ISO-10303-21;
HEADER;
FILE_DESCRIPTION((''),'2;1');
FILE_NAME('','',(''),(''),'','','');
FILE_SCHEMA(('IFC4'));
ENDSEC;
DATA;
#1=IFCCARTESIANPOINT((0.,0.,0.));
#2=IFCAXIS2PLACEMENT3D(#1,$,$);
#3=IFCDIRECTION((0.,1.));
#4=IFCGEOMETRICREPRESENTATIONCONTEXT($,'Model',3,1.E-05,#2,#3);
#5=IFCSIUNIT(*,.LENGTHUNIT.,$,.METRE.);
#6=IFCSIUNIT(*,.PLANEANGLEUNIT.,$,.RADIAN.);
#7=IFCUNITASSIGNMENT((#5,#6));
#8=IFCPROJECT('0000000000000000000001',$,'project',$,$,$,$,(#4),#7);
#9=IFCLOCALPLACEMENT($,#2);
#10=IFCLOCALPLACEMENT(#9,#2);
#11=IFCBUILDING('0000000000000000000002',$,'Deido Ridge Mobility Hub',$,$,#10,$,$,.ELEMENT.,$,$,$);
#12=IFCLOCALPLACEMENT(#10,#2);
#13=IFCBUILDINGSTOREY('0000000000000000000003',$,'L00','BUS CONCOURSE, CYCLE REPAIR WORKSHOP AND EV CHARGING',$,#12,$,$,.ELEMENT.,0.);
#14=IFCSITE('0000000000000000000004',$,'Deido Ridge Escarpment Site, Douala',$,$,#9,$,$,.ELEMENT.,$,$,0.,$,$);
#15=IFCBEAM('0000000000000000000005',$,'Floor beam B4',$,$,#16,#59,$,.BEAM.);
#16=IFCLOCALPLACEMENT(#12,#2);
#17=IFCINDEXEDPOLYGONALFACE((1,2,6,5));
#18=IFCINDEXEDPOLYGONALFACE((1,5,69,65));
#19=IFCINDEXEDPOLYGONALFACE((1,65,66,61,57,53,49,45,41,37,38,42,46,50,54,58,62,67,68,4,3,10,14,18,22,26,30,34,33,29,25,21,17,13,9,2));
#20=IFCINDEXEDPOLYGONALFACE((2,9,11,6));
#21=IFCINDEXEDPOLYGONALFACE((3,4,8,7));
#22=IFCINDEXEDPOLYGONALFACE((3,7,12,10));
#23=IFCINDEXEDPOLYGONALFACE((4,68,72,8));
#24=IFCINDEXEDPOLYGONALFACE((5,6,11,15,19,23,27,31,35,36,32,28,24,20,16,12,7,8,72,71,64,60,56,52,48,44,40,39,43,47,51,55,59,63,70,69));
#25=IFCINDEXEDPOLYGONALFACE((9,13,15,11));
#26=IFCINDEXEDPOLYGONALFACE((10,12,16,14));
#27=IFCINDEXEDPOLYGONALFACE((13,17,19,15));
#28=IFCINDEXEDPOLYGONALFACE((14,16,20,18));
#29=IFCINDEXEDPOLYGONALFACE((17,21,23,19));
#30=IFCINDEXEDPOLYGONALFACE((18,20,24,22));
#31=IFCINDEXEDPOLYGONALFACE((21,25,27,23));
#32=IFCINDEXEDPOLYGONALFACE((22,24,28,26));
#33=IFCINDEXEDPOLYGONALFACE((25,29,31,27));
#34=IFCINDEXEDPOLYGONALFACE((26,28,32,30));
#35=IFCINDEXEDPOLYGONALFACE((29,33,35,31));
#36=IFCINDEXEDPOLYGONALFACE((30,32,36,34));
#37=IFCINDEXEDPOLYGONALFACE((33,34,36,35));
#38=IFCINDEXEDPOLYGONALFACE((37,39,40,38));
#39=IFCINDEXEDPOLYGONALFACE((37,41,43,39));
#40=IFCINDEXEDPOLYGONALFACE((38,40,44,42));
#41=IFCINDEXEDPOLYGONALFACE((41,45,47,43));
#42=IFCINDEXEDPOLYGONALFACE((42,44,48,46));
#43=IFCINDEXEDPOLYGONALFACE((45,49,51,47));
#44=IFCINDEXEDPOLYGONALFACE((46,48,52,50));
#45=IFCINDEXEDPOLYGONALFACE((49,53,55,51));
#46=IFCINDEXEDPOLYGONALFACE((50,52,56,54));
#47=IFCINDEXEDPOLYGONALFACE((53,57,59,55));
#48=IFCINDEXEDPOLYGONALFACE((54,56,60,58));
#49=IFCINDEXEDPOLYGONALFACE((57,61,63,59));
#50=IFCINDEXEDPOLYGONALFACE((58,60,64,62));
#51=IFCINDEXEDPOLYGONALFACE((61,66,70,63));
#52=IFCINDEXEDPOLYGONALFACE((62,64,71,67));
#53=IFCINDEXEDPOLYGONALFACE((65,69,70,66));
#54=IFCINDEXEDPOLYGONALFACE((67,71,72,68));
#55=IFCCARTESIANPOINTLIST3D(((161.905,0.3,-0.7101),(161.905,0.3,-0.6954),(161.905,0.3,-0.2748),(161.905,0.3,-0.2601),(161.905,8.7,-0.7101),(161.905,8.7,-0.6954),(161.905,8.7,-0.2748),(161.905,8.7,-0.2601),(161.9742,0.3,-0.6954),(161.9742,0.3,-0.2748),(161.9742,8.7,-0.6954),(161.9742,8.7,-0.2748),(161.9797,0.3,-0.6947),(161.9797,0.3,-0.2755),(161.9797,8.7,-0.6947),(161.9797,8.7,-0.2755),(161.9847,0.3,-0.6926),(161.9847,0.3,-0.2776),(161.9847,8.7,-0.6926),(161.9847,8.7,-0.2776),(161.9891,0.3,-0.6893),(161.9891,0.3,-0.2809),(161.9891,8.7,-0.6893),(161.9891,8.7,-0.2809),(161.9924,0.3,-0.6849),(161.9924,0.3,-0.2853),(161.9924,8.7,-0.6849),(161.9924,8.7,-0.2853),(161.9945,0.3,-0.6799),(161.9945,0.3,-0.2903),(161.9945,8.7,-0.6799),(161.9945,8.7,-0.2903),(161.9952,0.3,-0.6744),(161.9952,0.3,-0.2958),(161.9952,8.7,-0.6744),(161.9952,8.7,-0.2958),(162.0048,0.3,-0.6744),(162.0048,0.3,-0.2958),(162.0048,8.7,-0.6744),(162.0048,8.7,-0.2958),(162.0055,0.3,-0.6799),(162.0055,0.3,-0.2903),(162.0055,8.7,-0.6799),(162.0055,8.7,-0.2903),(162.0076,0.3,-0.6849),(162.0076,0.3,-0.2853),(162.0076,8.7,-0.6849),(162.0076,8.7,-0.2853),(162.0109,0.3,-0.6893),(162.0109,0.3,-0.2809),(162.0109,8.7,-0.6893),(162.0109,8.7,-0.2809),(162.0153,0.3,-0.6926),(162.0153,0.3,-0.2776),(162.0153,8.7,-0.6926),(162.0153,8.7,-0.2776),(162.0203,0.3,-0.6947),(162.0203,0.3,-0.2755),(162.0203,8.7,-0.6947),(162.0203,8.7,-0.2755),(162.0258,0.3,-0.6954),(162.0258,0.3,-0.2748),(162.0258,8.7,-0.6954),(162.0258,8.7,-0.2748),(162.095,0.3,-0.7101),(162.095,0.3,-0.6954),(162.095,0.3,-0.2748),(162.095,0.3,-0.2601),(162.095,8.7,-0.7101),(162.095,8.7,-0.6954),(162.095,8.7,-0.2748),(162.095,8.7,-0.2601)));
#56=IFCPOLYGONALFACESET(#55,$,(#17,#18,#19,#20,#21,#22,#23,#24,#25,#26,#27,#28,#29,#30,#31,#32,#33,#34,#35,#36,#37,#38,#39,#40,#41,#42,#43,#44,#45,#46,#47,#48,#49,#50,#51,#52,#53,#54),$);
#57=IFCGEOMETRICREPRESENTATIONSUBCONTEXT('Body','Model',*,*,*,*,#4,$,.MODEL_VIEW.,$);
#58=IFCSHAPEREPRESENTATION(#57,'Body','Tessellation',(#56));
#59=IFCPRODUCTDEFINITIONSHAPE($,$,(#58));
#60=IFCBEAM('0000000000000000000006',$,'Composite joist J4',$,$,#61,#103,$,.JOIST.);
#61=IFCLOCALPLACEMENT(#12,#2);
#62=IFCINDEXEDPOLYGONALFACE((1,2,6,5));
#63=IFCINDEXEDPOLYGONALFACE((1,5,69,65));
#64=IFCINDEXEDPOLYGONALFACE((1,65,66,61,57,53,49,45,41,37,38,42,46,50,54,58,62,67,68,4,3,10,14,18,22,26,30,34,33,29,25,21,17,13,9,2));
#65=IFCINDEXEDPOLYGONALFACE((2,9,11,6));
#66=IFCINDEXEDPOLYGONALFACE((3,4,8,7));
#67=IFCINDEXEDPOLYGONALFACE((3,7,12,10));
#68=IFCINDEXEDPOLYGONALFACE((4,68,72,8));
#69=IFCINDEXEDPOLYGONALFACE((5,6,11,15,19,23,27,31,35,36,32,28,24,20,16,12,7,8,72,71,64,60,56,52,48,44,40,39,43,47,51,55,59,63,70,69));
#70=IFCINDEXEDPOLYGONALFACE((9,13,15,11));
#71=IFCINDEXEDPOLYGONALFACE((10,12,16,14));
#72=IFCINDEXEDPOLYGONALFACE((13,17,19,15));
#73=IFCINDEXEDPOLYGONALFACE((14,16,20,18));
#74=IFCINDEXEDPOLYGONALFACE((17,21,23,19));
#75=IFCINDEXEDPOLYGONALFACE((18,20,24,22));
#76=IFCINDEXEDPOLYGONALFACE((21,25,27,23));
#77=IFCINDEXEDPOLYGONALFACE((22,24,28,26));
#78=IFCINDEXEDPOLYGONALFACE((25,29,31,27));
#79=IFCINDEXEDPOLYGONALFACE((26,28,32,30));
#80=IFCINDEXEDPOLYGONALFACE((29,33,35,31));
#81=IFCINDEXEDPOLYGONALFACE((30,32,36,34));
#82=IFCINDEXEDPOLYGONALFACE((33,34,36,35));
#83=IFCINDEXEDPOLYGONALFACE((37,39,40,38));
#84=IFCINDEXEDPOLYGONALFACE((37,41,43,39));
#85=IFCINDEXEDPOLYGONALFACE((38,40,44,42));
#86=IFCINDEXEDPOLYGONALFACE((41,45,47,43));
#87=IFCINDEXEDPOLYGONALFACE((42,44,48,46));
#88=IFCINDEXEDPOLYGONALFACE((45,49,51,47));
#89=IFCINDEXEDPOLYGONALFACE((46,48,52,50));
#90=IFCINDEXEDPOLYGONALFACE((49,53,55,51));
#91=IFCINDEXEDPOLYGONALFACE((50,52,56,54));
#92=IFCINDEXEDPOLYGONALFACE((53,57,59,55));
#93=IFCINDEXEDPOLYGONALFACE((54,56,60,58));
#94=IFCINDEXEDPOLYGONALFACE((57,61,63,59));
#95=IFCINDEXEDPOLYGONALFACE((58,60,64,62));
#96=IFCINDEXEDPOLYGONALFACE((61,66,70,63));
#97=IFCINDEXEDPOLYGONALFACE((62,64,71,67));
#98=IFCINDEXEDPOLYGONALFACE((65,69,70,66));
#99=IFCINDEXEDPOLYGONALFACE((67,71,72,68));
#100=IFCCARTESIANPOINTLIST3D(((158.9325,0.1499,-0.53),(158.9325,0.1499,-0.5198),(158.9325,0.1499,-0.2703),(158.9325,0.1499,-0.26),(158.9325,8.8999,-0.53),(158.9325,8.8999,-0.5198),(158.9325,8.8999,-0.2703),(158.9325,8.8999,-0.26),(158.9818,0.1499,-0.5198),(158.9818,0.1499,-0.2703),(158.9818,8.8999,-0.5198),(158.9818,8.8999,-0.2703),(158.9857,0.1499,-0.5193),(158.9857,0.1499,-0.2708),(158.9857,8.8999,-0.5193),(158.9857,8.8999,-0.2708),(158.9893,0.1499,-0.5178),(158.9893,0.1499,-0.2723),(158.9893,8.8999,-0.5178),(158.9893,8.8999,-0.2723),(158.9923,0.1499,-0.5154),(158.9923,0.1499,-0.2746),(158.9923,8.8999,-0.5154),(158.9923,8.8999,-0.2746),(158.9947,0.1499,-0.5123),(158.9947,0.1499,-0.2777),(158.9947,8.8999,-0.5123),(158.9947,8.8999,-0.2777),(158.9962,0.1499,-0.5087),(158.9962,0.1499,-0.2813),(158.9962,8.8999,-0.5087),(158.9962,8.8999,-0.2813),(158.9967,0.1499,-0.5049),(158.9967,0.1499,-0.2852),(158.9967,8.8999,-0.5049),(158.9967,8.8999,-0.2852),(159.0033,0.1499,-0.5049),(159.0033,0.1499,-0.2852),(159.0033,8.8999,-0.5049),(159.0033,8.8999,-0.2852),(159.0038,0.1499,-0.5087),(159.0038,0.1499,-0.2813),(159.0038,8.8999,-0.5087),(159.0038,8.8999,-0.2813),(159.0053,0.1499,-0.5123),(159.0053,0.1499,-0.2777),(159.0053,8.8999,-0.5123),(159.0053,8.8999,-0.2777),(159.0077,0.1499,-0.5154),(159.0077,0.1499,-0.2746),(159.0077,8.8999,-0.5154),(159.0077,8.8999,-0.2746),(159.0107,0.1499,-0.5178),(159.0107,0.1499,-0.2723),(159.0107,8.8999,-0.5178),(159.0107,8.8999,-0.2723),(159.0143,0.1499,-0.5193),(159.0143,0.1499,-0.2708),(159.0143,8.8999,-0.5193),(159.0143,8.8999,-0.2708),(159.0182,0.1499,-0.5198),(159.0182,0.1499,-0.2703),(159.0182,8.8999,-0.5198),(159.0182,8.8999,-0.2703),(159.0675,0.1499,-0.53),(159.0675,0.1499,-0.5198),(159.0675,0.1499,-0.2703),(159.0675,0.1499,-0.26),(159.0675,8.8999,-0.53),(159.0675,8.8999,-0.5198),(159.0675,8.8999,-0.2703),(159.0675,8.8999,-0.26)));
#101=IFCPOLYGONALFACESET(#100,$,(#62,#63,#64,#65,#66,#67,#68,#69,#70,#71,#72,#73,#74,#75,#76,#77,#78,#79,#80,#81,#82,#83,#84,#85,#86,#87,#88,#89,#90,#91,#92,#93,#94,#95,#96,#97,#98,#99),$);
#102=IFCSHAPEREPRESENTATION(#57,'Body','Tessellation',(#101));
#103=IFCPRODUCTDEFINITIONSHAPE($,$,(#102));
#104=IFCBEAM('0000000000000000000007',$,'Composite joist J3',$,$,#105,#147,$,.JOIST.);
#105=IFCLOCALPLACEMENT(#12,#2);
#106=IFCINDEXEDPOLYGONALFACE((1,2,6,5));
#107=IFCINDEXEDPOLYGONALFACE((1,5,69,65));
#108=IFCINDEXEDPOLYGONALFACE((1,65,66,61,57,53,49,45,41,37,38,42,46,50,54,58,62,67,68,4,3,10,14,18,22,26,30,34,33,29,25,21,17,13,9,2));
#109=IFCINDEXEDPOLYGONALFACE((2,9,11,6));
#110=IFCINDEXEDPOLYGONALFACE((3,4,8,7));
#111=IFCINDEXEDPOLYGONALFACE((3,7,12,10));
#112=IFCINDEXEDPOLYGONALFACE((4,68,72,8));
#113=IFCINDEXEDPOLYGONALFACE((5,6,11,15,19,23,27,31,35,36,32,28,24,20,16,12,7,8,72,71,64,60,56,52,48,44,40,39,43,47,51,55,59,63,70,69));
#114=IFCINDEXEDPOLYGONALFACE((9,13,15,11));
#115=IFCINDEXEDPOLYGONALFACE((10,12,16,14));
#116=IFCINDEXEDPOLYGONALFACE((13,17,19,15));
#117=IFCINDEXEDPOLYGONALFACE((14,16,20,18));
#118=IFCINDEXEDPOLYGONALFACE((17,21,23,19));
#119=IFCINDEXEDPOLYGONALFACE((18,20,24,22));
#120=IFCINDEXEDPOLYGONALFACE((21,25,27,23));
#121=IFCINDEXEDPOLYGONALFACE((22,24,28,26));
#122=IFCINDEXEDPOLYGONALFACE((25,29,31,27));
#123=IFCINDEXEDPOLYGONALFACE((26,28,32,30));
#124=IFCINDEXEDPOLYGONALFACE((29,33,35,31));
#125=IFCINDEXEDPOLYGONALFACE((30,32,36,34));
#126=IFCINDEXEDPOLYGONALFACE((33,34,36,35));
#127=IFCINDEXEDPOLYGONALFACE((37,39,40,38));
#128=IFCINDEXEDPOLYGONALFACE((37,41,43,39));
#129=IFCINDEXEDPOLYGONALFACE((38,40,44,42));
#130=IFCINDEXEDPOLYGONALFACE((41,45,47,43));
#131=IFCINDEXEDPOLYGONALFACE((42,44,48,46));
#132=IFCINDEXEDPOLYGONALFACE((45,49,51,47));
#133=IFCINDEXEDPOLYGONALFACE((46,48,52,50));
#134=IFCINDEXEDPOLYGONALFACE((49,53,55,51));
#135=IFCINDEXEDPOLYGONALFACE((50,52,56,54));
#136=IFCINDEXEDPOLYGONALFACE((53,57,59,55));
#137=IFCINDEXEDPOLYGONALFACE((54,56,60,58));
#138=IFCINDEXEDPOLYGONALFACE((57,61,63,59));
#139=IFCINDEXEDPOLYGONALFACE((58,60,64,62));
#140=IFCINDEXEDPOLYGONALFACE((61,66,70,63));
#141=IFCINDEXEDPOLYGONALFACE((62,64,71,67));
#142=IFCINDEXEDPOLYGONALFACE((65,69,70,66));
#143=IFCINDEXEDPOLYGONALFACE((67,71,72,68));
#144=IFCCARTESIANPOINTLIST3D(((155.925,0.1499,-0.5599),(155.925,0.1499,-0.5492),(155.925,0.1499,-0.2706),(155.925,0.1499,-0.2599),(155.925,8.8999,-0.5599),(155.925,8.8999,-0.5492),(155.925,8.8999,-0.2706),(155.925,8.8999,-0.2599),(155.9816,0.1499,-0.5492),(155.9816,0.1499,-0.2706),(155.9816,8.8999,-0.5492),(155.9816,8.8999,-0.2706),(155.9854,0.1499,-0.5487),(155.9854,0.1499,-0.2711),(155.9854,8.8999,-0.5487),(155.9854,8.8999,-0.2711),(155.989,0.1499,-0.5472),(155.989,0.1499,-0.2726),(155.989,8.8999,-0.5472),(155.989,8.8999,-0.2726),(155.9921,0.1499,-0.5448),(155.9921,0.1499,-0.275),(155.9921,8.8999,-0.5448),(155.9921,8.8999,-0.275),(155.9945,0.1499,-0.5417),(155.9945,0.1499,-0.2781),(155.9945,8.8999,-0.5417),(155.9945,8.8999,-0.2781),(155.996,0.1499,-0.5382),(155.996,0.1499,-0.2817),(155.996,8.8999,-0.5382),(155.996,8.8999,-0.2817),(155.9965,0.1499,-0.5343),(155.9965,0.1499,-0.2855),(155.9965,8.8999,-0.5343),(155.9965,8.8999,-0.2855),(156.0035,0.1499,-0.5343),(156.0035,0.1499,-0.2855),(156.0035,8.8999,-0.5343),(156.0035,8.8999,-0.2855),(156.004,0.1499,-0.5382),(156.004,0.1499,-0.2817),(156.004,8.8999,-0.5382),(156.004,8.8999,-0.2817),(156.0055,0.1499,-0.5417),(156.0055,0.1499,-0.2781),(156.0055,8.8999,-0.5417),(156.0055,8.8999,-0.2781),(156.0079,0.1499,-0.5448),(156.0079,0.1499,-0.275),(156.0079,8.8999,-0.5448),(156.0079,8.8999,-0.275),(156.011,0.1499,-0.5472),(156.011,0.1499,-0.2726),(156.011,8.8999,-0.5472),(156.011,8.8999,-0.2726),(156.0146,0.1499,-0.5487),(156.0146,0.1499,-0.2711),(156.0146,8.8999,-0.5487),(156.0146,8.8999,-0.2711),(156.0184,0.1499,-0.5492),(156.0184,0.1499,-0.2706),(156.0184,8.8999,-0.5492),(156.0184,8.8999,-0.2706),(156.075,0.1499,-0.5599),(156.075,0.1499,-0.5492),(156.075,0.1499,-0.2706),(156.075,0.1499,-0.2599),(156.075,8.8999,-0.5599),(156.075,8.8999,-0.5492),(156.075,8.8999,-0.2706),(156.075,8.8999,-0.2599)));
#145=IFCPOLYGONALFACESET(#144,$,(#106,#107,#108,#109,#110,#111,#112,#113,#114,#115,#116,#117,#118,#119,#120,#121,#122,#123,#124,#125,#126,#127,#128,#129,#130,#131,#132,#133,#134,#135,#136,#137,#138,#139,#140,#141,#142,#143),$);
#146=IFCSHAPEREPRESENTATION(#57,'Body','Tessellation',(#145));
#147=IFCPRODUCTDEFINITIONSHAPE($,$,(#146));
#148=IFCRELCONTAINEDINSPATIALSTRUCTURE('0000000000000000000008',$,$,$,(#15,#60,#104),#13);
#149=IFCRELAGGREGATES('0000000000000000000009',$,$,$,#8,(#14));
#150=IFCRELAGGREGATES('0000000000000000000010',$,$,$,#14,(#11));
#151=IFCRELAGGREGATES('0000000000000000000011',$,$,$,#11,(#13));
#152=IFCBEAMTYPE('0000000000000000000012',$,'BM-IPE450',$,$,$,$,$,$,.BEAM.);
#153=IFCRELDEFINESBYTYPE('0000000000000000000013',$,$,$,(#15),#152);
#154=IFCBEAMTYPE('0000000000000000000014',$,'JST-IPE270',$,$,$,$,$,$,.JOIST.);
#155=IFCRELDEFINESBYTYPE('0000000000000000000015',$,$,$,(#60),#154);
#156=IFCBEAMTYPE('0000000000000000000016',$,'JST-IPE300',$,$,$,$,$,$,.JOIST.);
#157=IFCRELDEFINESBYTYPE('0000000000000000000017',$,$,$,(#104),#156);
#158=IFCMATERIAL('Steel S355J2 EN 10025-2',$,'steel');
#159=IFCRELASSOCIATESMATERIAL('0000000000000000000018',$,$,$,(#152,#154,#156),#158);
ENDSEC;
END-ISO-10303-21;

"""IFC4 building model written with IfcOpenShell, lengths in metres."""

from ifc_helpers import new_model, si_unit, direction, frame, origin, origin_2d, place, context, subcontext, project, spatial, i_section, extrude, material, material_profile, profile_set, type_object, element, save


model = new_model("IFC4")

# Units and contexts
model_context = context("Model", 3, precision=1e-05, world=origin(), true_north=direction((0.0, 1.0)))
body_context = subcontext(model_context, "Body", "Model", "MODEL_VIEW")
ifc_project = project(units=[si_unit("LENGTHUNIT", "METRE"), si_unit("PLANEANGLEUNIT", "RADIAN")], contexts=[model_context])

# Site, building, storey
site_placement = place(None, origin())
site = spatial("IfcSite", under=ifc_project, at=site_placement, Name="Deido Ridge Escarpment Site, Douala", CompositionType="ELEMENT", RefElevation=0.0)
building_placement = place(site_placement, origin())
building = spatial("IfcBuilding", under=site, at=building_placement, Name="Deido Ridge Mobility Hub", CompositionType="ELEMENT")
storey_placement = place(building_placement, origin())
storey = spatial("IfcBuildingStorey", under=building, at=storey_placement, Name="L00", Description="BUS CONCOURSE, CYCLE REPAIR WORKSHOP AND EV CHARGING", CompositionType="ELEMENT", Elevation=0.0)

# Shared definitions
ifc_material_1 = material(Name="Steel S355J2 EN 10025-2", Category="steel")

# Beams
ifc_material_profile_1 = material_profile(ifc_material_1, i_section(OverallWidth=0.1899, OverallDepth=0.45, WebThickness=0.0095, FlangeThickness=0.0146, FilletRadius=0.021, at=origin_2d()), Name="IPE 450")
ifc_profile_set_1 = profile_set([ifc_material_profile_1], Name="Steel S355J2 EN 10025-2")
beam_type_1 = type_object("IfcBeamType", Name="BM-IPE450", PredefinedType="BEAM", material=ifc_profile_set_1)
for number, where, z_axis, x_axis, name in (
    (1, (162.0, 0.3, -0.4851), (0.0, 1.0, 0.0), (-1.0, 0.0, 0.0), "Floor beam B4"),
):
    element("IfcBeam", number, at=place(storey_placement, frame(where, z_axis=z_axis, x_axis=x_axis)), inside=storey, type_object=beam_type_1, Name=name, PredefinedType="BEAM", context=body_context, shape_type="SweptSolid", body=[
        extrude(i_section(OverallWidth=0.1899, OverallDepth=0.45, WebThickness=0.0095, FlangeThickness=0.0146, FilletRadius=0.021, at=origin_2d()), origin(), (0.0, 0.0, 1.0), 8.3999),
    ])
ifc_material_profile_2 = material_profile(ifc_material_1, i_section(OverallWidth=0.135, OverallDepth=0.27, WebThickness=0.0066, FlangeThickness=0.0103, FilletRadius=0.0149, at=origin_2d()), Name="IPE 270")
ifc_profile_set_2 = profile_set([ifc_material_profile_2], Name="Steel S355J2 EN 10025-2")
beam_type_2 = type_object("IfcBeamType", Name="JST-IPE270", PredefinedType="JOIST", material=ifc_profile_set_2)
beam_1_placement = place(storey_placement, frame((159.0, 0.1499, -0.395), z_axis=(0.0, 1.0, 0.0), x_axis=(-1.0, 0.0, 0.0)))
element("IfcBeam", 2, at=beam_1_placement, inside=storey, type_object=beam_type_2, Name="Composite joist J4", PredefinedType="JOIST", context=body_context, shape_type="SweptSolid", body=[
    extrude(i_section(OverallWidth=0.135, OverallDepth=0.27, WebThickness=0.0066, FlangeThickness=0.0103, FilletRadius=0.0149, at=origin_2d()), origin(), (0.0, 0.0, 1.0), 8.75),
])
ifc_material_profile_3 = material_profile(ifc_material_1, i_section(OverallWidth=0.1499, OverallDepth=0.3, WebThickness=0.0071, FlangeThickness=0.0107, FilletRadius=0.0149, at=origin_2d()), Name="IPE 300")
ifc_profile_set_3 = profile_set([ifc_material_profile_3], Name="Steel S355J2 EN 10025-2")
beam_type_3 = type_object("IfcBeamType", Name="JST-IPE300", PredefinedType="JOIST", material=ifc_profile_set_3)
beam_2_placement = place(storey_placement, frame((156.0, 0.1499, -0.4099), z_axis=(0.0, 1.0, 0.0), x_axis=(-1.0, 0.0, 0.0)))
element("IfcBeam", 3, at=beam_2_placement, inside=storey, type_object=beam_type_3, Name="Composite joist J3", PredefinedType="JOIST", context=body_context, shape_type="SweptSolid", body=[
    extrude(i_section(OverallWidth=0.1499, OverallDepth=0.3, WebThickness=0.0071, FlangeThickness=0.0107, FilletRadius=0.0149, at=origin_2d()), origin(), (0.0, 0.0, 1.0), 8.75),
])

save(model, "model.ifc")
